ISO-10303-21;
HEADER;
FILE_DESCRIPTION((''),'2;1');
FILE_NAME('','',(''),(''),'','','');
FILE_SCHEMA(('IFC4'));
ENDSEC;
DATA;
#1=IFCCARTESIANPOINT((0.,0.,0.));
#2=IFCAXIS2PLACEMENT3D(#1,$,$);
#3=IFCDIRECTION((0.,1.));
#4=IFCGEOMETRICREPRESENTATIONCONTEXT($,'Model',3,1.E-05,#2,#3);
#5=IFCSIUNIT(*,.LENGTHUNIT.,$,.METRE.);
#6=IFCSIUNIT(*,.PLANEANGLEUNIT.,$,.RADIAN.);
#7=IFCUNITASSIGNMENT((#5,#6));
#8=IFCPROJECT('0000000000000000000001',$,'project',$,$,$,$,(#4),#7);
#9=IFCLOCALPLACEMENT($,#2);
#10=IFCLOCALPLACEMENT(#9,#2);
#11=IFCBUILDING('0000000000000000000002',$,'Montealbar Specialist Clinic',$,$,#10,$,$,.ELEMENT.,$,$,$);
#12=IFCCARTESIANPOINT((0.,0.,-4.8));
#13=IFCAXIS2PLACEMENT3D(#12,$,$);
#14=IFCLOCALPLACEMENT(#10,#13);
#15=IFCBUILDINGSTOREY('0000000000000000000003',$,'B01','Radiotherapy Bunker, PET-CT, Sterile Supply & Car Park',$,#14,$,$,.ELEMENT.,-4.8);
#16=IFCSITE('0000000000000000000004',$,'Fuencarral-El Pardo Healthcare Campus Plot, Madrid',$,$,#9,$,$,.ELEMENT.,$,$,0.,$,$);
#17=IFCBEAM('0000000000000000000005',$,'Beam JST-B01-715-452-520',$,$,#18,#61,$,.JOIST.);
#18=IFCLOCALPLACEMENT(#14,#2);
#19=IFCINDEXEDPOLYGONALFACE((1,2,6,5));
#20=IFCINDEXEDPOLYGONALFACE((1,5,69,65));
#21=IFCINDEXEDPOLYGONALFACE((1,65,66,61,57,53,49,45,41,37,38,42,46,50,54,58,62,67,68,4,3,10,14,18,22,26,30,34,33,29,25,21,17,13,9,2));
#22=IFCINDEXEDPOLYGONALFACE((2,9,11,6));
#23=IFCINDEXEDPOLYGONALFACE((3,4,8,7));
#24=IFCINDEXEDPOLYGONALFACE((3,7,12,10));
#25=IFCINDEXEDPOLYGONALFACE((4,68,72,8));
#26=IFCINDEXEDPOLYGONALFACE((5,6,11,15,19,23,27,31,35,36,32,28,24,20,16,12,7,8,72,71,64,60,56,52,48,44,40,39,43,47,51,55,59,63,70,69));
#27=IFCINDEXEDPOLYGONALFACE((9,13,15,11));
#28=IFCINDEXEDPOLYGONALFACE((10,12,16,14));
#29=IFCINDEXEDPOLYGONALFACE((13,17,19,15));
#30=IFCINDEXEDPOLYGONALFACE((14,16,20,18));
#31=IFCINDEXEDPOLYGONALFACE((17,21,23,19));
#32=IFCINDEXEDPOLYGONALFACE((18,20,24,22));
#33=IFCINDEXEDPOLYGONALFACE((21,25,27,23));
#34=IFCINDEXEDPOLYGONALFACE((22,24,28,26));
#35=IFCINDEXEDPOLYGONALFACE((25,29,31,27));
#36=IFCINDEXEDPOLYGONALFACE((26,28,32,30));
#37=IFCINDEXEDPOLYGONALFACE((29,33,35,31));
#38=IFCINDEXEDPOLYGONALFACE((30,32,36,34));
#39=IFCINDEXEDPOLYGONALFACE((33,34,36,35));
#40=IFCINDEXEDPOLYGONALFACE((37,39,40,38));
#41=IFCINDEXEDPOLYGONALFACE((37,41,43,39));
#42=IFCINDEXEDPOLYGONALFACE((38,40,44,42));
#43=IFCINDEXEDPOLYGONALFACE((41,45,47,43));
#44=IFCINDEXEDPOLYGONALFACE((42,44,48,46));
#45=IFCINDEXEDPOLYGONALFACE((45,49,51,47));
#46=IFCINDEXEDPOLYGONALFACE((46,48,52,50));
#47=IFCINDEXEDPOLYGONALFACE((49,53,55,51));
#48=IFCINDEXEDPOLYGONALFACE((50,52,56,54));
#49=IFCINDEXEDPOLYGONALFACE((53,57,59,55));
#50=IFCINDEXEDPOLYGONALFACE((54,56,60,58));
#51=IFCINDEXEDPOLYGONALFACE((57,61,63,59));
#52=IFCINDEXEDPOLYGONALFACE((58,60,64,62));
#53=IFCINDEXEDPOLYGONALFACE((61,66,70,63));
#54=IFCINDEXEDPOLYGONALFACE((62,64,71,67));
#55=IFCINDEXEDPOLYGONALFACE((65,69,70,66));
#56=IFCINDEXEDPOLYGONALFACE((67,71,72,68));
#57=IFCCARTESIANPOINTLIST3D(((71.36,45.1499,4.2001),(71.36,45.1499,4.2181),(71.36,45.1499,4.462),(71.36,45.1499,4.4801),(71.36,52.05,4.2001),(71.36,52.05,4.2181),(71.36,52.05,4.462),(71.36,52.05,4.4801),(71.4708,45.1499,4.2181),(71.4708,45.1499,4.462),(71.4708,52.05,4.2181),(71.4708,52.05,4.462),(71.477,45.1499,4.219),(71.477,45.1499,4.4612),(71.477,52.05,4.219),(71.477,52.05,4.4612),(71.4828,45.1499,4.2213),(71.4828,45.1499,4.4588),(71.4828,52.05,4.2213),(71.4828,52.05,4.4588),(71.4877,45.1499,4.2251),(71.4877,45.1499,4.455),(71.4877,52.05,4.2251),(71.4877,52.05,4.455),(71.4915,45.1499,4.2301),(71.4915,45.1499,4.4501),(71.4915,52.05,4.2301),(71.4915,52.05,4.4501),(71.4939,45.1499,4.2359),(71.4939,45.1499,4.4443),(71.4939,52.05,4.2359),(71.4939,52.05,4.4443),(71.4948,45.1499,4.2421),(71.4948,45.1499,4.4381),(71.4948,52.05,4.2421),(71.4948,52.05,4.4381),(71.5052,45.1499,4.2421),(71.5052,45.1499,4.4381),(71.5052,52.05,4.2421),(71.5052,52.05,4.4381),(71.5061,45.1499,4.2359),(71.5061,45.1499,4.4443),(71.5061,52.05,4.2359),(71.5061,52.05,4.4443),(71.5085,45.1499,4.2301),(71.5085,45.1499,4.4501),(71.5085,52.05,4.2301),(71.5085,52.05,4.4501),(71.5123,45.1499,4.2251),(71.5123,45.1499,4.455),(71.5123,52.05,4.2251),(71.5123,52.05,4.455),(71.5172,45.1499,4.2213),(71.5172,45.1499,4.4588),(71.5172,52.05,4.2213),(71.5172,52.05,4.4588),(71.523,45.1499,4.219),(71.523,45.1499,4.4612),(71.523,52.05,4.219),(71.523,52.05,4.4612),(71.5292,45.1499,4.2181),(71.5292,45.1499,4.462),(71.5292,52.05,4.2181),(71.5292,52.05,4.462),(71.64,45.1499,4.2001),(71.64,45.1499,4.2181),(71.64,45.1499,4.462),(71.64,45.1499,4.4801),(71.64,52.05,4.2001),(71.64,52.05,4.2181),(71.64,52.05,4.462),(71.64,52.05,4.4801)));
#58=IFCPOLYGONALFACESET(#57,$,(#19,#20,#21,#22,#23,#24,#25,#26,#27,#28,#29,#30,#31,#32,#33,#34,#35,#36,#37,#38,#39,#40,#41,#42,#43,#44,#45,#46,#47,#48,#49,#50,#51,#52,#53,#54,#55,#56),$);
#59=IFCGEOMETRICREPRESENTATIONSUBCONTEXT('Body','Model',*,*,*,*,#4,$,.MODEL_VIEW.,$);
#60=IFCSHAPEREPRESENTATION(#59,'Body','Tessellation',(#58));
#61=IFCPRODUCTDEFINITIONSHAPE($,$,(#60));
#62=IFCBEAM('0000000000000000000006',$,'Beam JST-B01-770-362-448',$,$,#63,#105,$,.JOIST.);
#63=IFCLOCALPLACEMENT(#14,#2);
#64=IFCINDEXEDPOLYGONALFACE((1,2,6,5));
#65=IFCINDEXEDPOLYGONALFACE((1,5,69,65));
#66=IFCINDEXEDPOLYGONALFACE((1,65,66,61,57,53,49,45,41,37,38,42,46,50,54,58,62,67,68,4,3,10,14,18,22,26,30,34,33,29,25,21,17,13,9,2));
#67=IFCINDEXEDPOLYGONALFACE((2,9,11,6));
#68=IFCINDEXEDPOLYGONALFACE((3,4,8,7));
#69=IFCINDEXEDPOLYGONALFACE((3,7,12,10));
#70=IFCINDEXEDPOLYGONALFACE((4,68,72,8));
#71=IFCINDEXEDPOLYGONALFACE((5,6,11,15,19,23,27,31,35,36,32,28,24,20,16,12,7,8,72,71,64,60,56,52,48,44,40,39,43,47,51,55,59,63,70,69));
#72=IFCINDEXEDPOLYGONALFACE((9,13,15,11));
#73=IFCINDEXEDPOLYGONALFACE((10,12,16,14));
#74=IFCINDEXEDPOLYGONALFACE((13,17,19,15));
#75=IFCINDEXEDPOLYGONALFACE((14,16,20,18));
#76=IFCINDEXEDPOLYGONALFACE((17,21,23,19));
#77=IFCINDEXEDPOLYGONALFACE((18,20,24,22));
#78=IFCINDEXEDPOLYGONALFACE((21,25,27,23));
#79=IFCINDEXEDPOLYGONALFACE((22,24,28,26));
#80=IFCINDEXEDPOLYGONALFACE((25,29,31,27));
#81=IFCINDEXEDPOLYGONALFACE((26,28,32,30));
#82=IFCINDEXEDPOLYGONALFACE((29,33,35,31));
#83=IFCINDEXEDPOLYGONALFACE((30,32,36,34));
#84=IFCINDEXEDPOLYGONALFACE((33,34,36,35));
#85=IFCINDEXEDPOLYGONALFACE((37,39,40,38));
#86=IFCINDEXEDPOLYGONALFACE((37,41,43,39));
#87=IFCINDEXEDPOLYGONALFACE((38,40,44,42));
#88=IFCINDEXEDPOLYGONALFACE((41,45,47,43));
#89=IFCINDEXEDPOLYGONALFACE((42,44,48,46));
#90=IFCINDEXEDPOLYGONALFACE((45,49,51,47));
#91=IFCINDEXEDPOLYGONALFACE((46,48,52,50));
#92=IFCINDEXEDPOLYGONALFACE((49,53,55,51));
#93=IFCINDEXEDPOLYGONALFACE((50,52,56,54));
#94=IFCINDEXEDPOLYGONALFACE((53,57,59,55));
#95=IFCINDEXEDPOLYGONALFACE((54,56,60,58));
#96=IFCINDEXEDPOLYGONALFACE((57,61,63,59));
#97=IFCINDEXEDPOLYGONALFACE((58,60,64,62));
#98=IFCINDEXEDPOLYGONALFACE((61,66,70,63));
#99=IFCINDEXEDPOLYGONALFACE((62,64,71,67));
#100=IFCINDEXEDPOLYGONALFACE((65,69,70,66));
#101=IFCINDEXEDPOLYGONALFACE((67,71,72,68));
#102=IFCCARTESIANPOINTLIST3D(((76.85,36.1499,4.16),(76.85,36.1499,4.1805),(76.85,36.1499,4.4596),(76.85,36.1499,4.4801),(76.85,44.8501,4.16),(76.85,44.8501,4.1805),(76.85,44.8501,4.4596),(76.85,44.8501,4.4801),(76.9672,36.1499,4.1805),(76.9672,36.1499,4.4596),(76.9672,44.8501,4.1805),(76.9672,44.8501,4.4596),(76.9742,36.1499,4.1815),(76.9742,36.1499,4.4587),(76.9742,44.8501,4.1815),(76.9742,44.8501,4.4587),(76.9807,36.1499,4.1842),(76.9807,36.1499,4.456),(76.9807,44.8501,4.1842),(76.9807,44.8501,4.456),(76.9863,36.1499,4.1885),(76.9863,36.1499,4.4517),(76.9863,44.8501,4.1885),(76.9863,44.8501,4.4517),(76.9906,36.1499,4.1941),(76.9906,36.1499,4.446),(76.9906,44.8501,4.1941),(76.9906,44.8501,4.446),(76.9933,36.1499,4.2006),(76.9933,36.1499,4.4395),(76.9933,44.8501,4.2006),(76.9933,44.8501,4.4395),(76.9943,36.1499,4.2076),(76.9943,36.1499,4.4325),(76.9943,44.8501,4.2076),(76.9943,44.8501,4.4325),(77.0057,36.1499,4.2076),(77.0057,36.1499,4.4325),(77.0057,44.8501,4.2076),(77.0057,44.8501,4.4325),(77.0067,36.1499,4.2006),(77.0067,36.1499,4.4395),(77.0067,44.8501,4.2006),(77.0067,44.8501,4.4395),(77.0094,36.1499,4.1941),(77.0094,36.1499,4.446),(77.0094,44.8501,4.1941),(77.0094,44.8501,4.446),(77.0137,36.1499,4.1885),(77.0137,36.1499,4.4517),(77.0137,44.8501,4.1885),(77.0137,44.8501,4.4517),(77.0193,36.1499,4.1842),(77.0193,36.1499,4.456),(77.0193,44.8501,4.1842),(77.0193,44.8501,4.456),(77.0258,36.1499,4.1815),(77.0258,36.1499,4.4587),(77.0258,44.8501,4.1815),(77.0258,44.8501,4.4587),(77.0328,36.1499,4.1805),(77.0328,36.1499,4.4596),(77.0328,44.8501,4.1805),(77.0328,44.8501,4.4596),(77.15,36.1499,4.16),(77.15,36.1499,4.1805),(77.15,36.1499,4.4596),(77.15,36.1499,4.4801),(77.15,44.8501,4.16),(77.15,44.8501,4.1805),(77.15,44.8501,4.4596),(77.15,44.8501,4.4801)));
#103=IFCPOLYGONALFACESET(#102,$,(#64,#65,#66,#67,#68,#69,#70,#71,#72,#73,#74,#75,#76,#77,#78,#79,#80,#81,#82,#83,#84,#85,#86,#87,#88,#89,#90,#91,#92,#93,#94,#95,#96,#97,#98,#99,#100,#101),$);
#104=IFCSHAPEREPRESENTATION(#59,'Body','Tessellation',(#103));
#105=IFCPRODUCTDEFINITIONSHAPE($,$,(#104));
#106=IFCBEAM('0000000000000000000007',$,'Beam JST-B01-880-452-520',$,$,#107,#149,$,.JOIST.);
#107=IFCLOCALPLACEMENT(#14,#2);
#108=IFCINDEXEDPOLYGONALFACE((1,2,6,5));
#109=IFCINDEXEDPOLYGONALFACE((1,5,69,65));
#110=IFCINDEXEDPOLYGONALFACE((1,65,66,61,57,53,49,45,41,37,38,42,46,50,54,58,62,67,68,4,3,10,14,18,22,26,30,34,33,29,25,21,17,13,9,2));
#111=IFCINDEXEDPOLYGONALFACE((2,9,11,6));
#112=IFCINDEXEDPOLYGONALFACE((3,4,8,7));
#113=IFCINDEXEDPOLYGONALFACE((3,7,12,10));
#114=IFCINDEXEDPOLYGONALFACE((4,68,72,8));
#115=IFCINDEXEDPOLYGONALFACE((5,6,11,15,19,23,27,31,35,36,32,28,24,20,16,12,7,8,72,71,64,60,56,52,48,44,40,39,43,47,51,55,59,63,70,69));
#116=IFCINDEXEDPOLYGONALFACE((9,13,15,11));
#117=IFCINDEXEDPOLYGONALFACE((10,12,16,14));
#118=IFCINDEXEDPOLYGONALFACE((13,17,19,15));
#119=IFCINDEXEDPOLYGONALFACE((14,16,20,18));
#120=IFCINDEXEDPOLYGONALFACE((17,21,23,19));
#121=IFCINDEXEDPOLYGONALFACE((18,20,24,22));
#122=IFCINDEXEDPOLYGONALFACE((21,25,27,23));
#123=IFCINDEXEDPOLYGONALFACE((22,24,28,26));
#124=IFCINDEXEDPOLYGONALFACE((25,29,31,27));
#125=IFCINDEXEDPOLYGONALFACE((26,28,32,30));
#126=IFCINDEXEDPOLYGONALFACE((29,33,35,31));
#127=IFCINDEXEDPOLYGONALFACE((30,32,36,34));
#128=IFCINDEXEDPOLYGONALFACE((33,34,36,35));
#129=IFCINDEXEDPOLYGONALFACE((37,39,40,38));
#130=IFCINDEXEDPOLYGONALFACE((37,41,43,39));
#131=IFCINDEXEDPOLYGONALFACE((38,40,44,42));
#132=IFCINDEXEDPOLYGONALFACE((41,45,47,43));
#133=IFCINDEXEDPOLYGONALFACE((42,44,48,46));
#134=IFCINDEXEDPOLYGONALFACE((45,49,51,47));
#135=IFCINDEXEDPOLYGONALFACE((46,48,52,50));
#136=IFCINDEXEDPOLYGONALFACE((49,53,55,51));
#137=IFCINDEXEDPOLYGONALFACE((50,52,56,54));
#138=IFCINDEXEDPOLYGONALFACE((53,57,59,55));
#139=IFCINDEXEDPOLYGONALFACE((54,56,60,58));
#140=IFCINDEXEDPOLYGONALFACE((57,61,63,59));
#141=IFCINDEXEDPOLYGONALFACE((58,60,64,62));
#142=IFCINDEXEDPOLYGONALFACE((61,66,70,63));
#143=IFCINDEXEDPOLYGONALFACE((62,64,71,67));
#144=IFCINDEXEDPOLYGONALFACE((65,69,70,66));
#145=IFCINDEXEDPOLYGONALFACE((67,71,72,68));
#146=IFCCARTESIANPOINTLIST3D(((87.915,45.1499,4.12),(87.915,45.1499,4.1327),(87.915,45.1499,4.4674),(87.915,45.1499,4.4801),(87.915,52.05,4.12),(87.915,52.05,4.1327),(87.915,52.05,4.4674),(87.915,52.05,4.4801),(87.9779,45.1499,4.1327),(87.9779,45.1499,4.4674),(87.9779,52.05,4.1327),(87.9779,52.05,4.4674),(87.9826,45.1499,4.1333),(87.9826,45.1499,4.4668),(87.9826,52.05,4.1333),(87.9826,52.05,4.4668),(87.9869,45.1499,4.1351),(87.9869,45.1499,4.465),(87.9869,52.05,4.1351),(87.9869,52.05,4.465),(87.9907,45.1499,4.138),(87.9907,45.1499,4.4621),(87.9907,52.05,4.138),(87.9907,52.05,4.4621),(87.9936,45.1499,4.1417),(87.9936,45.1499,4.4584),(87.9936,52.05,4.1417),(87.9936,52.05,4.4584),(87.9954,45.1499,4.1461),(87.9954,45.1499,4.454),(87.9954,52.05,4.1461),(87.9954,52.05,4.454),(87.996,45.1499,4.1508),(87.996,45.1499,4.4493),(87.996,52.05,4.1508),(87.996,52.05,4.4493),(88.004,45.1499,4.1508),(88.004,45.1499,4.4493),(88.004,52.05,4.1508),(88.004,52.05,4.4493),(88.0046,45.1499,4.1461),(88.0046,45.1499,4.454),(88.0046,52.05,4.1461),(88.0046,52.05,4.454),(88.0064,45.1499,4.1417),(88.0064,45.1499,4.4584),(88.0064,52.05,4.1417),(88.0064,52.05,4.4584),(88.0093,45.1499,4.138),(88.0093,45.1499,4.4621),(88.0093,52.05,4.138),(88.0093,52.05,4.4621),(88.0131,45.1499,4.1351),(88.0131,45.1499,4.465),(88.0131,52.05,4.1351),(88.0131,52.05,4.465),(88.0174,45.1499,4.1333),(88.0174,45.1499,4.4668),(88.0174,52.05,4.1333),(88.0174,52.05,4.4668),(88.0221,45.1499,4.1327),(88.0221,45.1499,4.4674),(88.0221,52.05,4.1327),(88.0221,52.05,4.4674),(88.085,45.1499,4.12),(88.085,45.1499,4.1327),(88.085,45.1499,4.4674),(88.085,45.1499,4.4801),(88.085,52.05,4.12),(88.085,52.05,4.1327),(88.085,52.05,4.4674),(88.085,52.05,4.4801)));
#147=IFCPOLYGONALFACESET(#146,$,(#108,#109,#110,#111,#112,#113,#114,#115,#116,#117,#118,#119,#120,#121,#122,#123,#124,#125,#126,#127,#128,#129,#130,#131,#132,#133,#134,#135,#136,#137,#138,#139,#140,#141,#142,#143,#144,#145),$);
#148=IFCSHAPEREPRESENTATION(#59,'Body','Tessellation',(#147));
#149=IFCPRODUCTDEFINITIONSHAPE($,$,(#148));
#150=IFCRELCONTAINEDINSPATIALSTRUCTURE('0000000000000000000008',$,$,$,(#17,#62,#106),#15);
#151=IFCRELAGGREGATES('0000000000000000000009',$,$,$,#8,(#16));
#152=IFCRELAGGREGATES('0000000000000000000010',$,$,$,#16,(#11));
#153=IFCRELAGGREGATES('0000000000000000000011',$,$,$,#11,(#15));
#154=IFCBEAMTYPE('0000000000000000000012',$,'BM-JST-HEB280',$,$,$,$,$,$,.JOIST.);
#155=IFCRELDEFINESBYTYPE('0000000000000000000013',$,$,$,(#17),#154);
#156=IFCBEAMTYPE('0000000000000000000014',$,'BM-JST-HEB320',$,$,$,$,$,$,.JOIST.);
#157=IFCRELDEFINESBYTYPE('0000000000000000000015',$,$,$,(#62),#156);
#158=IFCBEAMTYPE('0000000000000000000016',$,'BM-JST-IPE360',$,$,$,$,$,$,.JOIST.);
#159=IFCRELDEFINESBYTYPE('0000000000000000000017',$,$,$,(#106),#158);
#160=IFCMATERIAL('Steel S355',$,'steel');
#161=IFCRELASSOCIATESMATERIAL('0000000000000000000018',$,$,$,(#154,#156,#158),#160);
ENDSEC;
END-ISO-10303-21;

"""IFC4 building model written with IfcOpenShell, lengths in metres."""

from ifc_helpers import new_model, si_unit, direction, frame, origin, origin_2d, place, context, subcontext, project, spatial, i_section, extrude, material, material_profile, profile_set, type_object, element, save


model = new_model("IFC4")

# Units and contexts
model_context = context("Model", 3, precision=1e-05, world=origin(), true_north=direction((0.0, 1.0)))
body_context = subcontext(model_context, "Body", "Model", "MODEL_VIEW")
ifc_project = project(units=[si_unit("LENGTHUNIT", "METRE"), si_unit("PLANEANGLEUNIT", "RADIAN")], contexts=[model_context])

# Site, building, storey
site_placement = place(None, origin())
site = spatial("IfcSite", under=ifc_project, at=site_placement, Name="Fuencarral-El Pardo Healthcare Campus Plot, Madrid", CompositionType="ELEMENT", RefElevation=0.0)
building_placement = place(site_placement, origin())
building = spatial("IfcBuilding", under=site, at=building_placement, Name="Montealbar Specialist Clinic", CompositionType="ELEMENT")
storey_placement = place(building_placement, frame((0.0, 0.0, -4.8)))
storey = spatial("IfcBuildingStorey", under=building, at=storey_placement, Name="B01", Description="Radiotherapy Bunker, PET-CT, Sterile Supply & Car Park", CompositionType="ELEMENT", Elevation=-4.8)

# Shared definitions
ifc_material_1 = material(Name="Steel S355", Category="steel")

# Beams
ifc_material_profile_1 = material_profile(ifc_material_1, i_section(OverallWidth=0.28, OverallDepth=0.28, WebThickness=0.0105, FlangeThickness=0.0181, FilletRadius=0.0239, at=origin_2d()), Name="HEB 280", Category="steel")
ifc_profile_set_1 = profile_set([ifc_material_profile_1], Name="Steel S355")
beam_type_1 = type_object("IfcBeamType", Name="BM-JST-HEB280", PredefinedType="JOIST", material=ifc_profile_set_1)
beam_1_placement = place(storey_placement, frame((71.5, 45.1499, 4.3401), z_axis=(0.0, 1.0, 0.0), x_axis=(-1.0, 0.0, 0.0)))
element("IfcBeam", 1, at=beam_1_placement, inside=storey, type_object=beam_type_1, Name="Beam JST-B01-715-452-520", PredefinedType="JOIST", context=body_context, shape_type="SweptSolid", body=[
    extrude(i_section(OverallWidth=0.28, OverallDepth=0.28, WebThickness=0.0105, FlangeThickness=0.0181, FilletRadius=0.0239, at=origin_2d()), origin(), (0.0, 0.0, 1.0), 6.9001),
])
ifc_material_profile_2 = material_profile(ifc_material_1, i_section(OverallWidth=0.3, OverallDepth=0.3201, WebThickness=0.0115, FlangeThickness=0.0205, FilletRadius=0.0271, at=origin_2d()), Name="HEB 320", Category="steel")
ifc_profile_set_2 = profile_set([ifc_material_profile_2], Name="Steel S355")
beam_type_2 = type_object("IfcBeamType", Name="BM-JST-HEB320", PredefinedType="JOIST", material=ifc_profile_set_2)
beam_2_placement = place(storey_placement, frame((77.0, 36.1499, 4.3201), z_axis=(0.0, 1.0, 0.0), x_axis=(-1.0, 0.0, 0.0)))
element("IfcBeam", 2, at=beam_2_placement, inside=storey, type_object=beam_type_2, Name="Beam JST-B01-770-362-448", PredefinedType="JOIST", context=body_context, shape_type="SweptSolid", body=[
    extrude(i_section(OverallWidth=0.3, OverallDepth=0.3201, WebThickness=0.0115, FlangeThickness=0.0205, FilletRadius=0.0271, at=origin_2d()), origin(), (0.0, 0.0, 1.0), 8.7002),
])
ifc_material_profile_3 = material_profile(ifc_material_1, i_section(OverallWidth=0.1699, OverallDepth=0.3601, WebThickness=0.0081, FlangeThickness=0.0127, FilletRadius=0.0181, at=origin_2d()), Name="IPE 360", Category="steel")
ifc_profile_set_3 = profile_set([ifc_material_profile_3], Name="Steel S355")
beam_type_3 = type_object("IfcBeamType", Name="BM-JST-IPE360", PredefinedType="JOIST", material=ifc_profile_set_3)
beam_3_placement = place(storey_placement, frame((88.0, 45.1499, 4.3), z_axis=(0.0, 1.0, 0.0), x_axis=(-1.0, 0.0, 0.0)))
element("IfcBeam", 3, at=beam_3_placement, inside=storey, type_object=beam_type_3, Name="Beam JST-B01-880-452-520", PredefinedType="JOIST", context=body_context, shape_type="SweptSolid", body=[
    extrude(i_section(OverallWidth=0.1699, OverallDepth=0.3601, WebThickness=0.0081, FlangeThickness=0.0127, FilletRadius=0.0181, at=origin_2d()), origin(), (0.0, 0.0, 1.0), 6.9001),
])

save(model, "model.ifc")
